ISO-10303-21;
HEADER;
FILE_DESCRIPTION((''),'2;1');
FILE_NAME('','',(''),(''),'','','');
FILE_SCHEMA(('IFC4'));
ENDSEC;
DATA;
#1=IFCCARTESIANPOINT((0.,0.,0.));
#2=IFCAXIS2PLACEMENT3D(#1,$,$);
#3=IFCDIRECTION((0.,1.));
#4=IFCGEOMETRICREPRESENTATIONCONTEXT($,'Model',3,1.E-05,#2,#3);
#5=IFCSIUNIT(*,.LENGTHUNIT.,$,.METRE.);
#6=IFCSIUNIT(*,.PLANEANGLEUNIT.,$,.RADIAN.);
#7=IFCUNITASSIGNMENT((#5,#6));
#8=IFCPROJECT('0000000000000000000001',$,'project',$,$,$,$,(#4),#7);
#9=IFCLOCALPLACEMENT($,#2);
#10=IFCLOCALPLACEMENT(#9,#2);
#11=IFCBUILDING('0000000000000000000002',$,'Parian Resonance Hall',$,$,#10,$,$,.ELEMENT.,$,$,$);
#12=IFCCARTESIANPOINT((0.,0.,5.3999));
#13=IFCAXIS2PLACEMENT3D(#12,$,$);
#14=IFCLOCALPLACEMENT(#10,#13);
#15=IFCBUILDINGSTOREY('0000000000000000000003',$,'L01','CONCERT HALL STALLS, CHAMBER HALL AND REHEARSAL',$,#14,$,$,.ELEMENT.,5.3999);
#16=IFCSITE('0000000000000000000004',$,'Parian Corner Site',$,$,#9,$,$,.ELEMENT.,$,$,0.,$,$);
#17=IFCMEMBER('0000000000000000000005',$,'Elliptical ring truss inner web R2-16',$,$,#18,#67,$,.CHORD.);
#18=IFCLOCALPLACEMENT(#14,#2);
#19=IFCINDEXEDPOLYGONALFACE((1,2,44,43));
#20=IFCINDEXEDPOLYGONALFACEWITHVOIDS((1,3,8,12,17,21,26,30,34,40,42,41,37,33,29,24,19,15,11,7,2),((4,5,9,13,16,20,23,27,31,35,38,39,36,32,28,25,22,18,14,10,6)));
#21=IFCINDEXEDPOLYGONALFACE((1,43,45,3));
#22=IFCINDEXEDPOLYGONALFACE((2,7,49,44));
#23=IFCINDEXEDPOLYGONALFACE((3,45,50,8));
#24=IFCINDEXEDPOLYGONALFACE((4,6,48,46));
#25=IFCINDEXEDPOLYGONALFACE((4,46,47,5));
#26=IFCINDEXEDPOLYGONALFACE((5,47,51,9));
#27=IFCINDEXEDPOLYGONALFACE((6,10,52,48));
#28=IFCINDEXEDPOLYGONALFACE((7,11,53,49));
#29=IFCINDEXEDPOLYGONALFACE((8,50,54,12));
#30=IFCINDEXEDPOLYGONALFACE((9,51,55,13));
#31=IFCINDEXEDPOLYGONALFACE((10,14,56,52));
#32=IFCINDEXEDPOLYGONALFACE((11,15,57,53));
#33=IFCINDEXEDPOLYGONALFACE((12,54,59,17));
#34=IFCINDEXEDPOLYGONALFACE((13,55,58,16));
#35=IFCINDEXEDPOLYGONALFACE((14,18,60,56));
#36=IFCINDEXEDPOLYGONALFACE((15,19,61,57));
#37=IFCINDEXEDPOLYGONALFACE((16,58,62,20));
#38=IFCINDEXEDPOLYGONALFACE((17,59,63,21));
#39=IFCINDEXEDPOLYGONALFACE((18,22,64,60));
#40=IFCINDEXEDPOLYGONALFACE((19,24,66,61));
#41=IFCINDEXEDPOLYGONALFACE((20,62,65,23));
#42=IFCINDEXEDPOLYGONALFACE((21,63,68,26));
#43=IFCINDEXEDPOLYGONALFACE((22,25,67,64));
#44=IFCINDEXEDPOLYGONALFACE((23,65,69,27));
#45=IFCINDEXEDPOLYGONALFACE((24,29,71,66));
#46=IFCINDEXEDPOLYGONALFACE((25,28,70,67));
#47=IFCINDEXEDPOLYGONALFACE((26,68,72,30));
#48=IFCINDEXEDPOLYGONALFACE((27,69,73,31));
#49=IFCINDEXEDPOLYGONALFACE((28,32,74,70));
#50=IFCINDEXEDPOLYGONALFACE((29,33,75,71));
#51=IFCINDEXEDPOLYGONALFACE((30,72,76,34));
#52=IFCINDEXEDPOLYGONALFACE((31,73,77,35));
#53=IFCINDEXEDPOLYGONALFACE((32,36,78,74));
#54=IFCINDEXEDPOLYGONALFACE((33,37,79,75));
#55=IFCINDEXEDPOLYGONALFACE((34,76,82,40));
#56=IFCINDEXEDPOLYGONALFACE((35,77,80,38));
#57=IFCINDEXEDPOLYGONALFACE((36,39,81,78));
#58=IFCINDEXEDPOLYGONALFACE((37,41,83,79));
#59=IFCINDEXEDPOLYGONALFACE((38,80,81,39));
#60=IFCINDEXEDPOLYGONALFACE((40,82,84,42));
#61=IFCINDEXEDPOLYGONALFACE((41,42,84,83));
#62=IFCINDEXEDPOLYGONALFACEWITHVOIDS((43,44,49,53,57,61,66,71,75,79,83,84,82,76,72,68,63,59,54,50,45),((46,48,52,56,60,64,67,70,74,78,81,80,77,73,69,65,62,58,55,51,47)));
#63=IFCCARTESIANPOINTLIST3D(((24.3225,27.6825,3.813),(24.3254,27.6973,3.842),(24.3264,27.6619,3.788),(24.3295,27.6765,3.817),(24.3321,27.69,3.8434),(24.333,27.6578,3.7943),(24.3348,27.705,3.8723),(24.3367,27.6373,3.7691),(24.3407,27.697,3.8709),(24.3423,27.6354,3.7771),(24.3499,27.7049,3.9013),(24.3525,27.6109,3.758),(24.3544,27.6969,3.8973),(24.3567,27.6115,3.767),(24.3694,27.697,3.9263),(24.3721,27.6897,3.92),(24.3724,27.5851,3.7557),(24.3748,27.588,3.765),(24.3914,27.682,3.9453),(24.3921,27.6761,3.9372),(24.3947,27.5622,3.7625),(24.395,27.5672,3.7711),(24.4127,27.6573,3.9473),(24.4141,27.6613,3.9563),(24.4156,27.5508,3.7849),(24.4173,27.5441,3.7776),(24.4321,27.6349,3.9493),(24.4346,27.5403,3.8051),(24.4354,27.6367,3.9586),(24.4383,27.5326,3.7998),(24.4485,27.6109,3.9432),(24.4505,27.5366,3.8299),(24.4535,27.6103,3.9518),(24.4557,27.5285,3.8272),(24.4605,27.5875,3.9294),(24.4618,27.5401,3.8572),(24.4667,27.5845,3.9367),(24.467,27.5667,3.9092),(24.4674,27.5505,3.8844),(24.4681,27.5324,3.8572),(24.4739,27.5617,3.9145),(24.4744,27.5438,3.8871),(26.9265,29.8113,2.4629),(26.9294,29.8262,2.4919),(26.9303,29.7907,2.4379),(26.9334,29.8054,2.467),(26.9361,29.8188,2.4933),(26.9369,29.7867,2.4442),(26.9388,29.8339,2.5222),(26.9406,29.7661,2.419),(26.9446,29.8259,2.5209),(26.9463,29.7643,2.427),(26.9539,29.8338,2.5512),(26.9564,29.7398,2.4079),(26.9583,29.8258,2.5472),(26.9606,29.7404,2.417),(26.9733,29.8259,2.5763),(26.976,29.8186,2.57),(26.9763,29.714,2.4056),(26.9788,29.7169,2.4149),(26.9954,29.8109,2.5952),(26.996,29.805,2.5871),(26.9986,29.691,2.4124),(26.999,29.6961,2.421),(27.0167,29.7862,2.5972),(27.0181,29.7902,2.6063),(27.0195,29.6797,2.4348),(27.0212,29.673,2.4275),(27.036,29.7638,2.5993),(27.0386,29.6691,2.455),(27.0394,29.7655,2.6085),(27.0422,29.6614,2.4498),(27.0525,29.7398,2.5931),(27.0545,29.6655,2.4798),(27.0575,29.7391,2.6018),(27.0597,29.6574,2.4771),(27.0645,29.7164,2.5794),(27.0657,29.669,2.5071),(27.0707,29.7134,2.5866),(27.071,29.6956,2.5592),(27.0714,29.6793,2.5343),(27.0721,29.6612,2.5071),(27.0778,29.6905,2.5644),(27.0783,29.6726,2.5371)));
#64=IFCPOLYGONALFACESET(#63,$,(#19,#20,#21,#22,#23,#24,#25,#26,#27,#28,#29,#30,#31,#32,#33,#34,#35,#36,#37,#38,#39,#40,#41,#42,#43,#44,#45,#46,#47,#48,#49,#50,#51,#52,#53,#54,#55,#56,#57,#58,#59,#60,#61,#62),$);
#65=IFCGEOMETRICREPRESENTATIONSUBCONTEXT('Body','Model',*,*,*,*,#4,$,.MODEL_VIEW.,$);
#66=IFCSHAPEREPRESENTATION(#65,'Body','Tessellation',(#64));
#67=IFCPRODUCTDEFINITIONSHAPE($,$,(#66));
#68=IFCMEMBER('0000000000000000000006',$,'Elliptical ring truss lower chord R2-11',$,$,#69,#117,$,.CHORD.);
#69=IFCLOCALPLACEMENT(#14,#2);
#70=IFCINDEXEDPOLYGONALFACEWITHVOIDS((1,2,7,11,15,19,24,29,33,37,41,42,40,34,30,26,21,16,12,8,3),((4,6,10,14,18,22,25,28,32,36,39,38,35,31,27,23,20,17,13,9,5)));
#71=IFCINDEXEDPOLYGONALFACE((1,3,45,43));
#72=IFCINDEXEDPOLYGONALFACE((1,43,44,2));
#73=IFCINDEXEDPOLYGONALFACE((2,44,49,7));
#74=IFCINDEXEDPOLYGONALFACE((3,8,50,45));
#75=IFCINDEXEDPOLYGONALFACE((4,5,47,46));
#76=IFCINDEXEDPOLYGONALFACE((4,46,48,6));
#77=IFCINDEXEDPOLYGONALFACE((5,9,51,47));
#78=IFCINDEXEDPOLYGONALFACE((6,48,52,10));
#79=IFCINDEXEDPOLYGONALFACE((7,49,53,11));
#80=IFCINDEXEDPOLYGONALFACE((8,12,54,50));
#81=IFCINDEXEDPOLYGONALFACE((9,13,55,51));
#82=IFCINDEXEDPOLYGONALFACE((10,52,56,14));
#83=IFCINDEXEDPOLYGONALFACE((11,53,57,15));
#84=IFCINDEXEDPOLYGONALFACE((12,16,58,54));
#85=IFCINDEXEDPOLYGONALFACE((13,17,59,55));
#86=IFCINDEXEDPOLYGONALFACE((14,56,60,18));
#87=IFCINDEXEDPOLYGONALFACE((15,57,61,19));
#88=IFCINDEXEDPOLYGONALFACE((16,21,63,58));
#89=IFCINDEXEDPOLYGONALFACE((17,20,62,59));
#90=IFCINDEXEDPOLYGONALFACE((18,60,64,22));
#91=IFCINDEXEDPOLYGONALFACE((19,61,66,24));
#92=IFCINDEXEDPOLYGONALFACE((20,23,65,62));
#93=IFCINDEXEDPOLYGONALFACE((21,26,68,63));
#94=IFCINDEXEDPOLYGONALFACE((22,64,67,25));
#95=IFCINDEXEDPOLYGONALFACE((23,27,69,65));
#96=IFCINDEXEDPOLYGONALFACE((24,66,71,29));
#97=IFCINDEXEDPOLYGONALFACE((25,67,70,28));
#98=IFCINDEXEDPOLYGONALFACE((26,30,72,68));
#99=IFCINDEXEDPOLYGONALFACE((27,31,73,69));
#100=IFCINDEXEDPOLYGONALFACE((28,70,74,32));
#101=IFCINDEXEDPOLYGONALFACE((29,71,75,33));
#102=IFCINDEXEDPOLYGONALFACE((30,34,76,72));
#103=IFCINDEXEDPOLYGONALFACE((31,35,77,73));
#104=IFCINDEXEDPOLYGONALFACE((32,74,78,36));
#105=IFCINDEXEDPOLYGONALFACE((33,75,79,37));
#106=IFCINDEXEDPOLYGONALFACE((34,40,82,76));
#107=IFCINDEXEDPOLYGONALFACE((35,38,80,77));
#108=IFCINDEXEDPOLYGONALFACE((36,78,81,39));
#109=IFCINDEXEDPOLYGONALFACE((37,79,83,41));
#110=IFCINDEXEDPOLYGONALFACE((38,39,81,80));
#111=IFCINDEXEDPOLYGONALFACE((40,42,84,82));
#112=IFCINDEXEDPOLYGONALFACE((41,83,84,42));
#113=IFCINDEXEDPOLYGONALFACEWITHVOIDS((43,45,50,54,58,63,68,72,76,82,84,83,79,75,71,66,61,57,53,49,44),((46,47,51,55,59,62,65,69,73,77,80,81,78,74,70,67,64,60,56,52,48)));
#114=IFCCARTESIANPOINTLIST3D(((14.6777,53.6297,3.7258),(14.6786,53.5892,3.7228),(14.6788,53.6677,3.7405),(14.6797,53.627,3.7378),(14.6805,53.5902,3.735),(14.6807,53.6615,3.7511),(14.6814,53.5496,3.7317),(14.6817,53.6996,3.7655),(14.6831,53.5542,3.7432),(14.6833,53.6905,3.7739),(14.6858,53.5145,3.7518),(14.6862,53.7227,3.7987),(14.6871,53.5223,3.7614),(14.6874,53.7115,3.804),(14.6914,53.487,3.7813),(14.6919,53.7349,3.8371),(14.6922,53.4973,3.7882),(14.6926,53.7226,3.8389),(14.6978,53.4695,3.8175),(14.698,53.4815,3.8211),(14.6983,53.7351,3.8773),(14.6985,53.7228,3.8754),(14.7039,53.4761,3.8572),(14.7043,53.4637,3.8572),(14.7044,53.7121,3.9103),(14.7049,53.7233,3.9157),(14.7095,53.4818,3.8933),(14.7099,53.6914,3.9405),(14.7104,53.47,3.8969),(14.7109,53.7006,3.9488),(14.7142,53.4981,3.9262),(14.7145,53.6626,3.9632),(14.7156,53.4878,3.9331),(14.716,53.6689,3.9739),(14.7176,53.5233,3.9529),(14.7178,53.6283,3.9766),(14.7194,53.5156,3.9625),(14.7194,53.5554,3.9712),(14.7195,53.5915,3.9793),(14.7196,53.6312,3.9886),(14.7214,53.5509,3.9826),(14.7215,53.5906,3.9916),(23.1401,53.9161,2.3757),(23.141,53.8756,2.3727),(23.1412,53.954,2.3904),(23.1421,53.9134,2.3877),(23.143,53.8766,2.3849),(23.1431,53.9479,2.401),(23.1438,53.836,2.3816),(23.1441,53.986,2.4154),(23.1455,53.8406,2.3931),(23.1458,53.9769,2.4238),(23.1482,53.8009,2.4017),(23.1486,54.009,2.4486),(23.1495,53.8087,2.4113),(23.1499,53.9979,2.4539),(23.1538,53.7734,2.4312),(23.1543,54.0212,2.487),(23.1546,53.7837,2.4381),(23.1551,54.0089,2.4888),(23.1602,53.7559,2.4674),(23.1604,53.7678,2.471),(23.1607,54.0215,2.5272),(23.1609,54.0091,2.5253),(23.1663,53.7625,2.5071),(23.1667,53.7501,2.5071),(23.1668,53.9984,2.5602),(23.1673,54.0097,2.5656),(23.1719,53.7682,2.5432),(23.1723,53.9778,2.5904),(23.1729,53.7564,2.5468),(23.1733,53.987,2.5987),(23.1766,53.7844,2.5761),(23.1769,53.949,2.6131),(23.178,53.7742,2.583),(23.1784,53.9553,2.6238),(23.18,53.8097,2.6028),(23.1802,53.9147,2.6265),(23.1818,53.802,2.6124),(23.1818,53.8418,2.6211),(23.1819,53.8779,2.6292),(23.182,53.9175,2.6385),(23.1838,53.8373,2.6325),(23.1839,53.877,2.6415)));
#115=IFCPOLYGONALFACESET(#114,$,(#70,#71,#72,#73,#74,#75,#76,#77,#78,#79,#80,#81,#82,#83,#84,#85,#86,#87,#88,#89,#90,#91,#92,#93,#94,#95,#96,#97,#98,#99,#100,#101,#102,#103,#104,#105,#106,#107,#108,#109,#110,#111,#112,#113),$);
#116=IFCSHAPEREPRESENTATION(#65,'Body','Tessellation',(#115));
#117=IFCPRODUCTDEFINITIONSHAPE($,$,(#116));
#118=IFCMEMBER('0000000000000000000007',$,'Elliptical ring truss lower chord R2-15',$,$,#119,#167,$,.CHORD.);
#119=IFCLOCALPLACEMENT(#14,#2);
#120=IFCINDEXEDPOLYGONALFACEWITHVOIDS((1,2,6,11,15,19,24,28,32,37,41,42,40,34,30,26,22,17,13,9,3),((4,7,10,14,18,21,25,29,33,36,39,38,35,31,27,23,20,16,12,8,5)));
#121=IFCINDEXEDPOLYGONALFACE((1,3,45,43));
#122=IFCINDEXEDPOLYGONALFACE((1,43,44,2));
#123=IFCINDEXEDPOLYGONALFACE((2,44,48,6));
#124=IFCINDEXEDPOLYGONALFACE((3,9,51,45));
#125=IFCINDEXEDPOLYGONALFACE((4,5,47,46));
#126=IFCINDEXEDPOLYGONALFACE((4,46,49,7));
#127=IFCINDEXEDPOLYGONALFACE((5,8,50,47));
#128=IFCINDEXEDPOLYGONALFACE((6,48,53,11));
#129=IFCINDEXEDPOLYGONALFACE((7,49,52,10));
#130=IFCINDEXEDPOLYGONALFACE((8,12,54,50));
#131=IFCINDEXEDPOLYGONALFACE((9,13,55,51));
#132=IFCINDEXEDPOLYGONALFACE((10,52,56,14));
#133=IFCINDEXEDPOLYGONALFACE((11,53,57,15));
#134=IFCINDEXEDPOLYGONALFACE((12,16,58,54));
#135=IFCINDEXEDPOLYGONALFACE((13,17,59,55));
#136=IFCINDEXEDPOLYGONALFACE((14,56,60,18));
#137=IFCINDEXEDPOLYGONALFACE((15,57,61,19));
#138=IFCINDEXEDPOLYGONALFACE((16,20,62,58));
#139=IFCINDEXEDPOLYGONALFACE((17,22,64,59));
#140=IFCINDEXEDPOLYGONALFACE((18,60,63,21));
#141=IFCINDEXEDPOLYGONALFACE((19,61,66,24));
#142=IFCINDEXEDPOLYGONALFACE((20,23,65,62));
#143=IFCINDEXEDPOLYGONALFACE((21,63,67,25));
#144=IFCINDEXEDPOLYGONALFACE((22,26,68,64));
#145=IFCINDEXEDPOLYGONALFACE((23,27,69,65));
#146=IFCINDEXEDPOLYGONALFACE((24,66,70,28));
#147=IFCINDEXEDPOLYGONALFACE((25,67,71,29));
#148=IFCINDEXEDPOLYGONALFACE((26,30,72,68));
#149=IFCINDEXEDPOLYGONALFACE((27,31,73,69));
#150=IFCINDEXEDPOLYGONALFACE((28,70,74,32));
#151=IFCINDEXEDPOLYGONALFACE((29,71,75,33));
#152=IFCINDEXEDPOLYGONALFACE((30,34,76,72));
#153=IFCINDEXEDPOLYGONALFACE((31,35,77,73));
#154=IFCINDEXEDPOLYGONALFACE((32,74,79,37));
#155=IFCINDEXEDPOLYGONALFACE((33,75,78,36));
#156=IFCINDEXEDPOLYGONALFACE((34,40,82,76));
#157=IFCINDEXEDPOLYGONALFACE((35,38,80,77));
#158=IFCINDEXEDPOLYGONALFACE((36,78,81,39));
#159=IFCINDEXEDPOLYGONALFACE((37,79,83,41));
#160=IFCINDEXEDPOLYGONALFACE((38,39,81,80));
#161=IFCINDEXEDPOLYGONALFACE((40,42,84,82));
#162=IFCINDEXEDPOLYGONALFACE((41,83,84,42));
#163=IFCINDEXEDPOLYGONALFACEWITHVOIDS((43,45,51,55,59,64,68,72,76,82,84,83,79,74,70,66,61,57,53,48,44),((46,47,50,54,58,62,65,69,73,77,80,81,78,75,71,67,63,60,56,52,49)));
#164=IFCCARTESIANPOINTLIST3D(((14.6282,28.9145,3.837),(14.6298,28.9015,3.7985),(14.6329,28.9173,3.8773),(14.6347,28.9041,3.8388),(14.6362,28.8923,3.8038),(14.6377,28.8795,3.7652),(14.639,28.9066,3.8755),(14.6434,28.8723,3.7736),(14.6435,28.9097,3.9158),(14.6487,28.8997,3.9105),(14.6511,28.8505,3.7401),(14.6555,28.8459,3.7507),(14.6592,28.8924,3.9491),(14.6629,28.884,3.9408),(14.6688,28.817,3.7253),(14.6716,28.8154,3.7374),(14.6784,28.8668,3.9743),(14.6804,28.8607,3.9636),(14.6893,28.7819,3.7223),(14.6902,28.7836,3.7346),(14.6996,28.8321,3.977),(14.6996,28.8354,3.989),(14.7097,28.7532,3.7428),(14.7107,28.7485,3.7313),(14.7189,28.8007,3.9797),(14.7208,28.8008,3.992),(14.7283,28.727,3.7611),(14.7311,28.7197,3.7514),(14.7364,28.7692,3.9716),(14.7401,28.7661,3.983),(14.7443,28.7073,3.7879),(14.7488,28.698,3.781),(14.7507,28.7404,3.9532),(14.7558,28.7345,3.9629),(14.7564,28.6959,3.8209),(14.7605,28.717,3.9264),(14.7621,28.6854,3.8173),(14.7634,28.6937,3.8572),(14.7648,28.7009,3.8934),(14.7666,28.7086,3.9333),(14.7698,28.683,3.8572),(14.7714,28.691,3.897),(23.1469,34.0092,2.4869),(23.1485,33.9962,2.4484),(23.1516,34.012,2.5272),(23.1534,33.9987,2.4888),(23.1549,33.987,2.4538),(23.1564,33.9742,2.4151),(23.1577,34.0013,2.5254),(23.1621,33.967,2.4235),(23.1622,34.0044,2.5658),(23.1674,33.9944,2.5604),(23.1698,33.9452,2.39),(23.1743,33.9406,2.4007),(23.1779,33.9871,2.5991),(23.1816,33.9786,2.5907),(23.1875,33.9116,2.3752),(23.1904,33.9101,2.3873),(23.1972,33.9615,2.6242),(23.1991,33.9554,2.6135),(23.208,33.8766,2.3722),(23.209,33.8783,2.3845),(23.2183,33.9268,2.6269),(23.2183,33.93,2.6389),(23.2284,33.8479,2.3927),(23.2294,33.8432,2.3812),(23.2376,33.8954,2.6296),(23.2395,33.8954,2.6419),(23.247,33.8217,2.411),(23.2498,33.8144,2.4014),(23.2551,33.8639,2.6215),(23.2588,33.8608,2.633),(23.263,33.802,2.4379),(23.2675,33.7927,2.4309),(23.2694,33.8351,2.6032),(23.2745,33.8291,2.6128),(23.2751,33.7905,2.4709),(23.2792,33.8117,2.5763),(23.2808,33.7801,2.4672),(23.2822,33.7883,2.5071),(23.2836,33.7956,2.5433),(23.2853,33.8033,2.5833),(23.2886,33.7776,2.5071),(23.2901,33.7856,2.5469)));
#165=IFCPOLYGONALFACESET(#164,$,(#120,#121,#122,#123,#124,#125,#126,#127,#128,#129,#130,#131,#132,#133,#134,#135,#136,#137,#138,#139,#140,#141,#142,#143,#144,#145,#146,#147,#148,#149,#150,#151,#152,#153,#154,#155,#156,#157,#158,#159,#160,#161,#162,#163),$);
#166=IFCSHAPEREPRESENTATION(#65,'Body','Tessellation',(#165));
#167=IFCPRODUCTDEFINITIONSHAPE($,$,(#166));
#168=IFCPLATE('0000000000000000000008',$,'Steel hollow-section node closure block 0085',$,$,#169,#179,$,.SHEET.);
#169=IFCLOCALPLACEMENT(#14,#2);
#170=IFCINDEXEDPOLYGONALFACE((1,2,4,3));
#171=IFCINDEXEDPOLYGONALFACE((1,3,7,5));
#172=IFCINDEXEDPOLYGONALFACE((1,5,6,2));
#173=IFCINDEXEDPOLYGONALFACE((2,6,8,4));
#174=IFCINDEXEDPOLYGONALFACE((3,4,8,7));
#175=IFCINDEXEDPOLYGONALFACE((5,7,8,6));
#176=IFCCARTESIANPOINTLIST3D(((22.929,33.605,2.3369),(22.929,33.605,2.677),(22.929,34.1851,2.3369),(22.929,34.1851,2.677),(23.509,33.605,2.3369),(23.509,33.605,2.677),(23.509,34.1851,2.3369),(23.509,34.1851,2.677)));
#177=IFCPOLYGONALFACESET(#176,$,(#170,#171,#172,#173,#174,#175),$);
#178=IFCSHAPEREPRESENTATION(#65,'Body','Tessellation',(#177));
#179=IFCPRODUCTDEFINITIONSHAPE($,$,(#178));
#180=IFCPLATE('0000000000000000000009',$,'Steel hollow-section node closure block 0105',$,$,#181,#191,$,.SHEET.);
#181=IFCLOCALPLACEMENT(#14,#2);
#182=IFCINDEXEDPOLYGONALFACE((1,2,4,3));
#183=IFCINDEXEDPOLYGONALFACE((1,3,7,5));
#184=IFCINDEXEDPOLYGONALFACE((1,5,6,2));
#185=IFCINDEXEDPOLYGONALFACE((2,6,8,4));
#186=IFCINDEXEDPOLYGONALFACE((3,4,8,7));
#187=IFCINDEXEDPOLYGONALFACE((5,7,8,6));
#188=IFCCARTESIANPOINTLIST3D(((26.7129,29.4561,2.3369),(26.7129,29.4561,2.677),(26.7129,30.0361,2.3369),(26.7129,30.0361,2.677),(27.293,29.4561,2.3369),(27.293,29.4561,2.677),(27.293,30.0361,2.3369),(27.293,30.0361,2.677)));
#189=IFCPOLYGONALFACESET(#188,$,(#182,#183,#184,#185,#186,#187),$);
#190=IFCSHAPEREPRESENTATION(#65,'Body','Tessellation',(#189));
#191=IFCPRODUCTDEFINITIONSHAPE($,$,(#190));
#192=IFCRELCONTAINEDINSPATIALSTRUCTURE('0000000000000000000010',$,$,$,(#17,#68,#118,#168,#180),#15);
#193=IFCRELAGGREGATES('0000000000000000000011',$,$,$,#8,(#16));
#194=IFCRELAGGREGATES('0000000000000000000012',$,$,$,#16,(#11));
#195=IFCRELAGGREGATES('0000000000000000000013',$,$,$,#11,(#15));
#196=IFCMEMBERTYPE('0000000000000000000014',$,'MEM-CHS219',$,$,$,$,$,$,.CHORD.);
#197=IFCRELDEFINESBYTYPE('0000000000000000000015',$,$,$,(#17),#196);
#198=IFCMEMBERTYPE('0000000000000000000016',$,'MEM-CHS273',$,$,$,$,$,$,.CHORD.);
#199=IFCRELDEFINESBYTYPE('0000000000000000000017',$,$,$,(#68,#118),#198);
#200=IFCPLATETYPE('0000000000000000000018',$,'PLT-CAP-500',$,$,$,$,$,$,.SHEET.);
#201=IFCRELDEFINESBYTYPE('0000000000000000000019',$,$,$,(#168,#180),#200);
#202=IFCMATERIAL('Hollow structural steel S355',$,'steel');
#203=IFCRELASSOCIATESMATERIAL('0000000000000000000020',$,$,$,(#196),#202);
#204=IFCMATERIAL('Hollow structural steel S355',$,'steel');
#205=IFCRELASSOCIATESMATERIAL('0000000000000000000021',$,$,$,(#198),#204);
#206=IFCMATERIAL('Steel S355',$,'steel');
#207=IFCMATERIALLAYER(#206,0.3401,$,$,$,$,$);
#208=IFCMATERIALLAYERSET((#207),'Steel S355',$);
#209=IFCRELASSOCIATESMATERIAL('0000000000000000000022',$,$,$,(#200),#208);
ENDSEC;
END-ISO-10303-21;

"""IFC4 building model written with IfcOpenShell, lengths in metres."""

from ifc_helpers import new_model, si_unit, direction, frame, origin, origin_2d, place, context, subcontext, project, spatial, rectangle, hollow_circle, extrude, material, layer, layer_set, material_profile, profile_set, type_object, element, save


model = new_model("IFC4")

# Units and contexts
model_context = context("Model", 3, precision=1e-05, world=origin(), true_north=direction((0.0, 1.0)))
body_context = subcontext(model_context, "Body", "Model", "MODEL_VIEW")
ifc_project = project(units=[si_unit("LENGTHUNIT", "METRE"), si_unit("PLANEANGLEUNIT", "RADIAN")], contexts=[model_context])

# Site, building, storey
site_placement = place(None, origin())
site = spatial("IfcSite", under=ifc_project, at=site_placement, Name="Parian Corner Site", CompositionType="ELEMENT", RefElevation=0.0)
building_placement = place(site_placement, origin())
building = spatial("IfcBuilding", under=site, at=building_placement, Name="Parian Resonance Hall", CompositionType="ELEMENT")
storey_placement = place(building_placement, frame((0.0, 0.0, 5.3999)))
storey = spatial("IfcBuildingStorey", under=building, at=storey_placement, Name="L01", Description="CONCERT HALL STALLS, CHAMBER HALL AND REHEARSAL", CompositionType="ELEMENT", Elevation=5.3999)

# Members
ifc_material_1 = material(Name="Hollow structural steel S355", Category="steel")
ifc_material_profile_1 = material_profile(ifc_material_1, hollow_circle(Radius=0.1096, WallThickness=0.01, at=origin_2d()), Name="CHS219.1x10")
ifc_profile_set_1 = profile_set([ifc_material_profile_1], Name="Hollow structural steel S355")
member_type_1 = type_object("IfcMemberType", Name="MEM-CHS219", PredefinedType="CHORD", material=ifc_profile_set_1)
member_1_placement = place(storey_placement, frame((27.0027, 29.7461, 2.5071), z_axis=(-0.718477, -0.587391, 0.372509), x_axis=(0.632945, -0.774197, 0.0)))
element("IfcMember", 1, at=member_1_placement, inside=storey, type_object=member_type_1, Name="Elliptical ring truss inner web R2-16", PredefinedType="CHORD", context=body_context, shape_type="SweptSolid", body=[
    extrude(hollow_circle(Radius=0.1096, WallThickness=0.01, at=origin_2d()), origin(), (0.0, 0.0, 1.0), 3.6243),
])
ifc_material_2 = material(Name="Hollow structural steel S355", Category="steel")
ifc_material_profile_2 = material_profile(ifc_material_2, hollow_circle(Radius=0.1365, WallThickness=0.0125, at=origin_2d()), Name="CHS273x12.5")
ifc_profile_set_2 = profile_set([ifc_material_profile_2], Name="Hollow structural steel S355")
member_type_2 = type_object("IfcMemberType", Name="MEM-CHS273", PredefinedType="CHORD", material=ifc_profile_set_2)
member_2_placement = place(storey_placement, frame((23.1621, 53.8865, 2.5071), z_axis=(-0.98696, -0.0334, 0.15746), x_axis=(0.033822, -0.999428, 0.0)))
element("IfcMember", 2, at=member_2_placement, inside=storey, type_object=member_type_2, Name="Elliptical ring truss lower chord R2-11", PredefinedType="CHORD", context=body_context, shape_type="SweptSolid", body=[
    extrude(hollow_circle(Radius=0.1365, WallThickness=0.0125, at=origin_2d()), origin(), (0.0, 0.0, 1.0), 8.5742),
])
member_3_placement = place(storey_placement, frame((23.2185, 33.8948, 2.5071), z_axis=(-0.850398, -0.508586, 0.134775), x_axis=(0.513269, -0.858228, 0.0)))
element("IfcMember", 3, at=member_3_placement, inside=storey, type_object=member_type_2, Name="Elliptical ring truss lower chord R2-15", PredefinedType="CHORD", context=body_context, shape_type="SweptSolid", body=[
    extrude(hollow_circle(Radius=0.1365, WallThickness=0.0125, at=origin_2d()), origin(), (0.0, 0.0, 1.0), 10.0173),
])

# Plates
ifc_material_3 = material(Name="Steel S355", Category="steel")
ifc_layer_1 = layer(ifc_material_3, 0.3401)
ifc_layer_set_1 = layer_set([ifc_layer_1], Name="Steel S355")
plate_type = type_object("IfcPlateType", Name="PLT-CAP-500", PredefinedType="SHEET", material=ifc_layer_set_1)
for number, where, z_axis, x_axis, name in (
    (4, (23.219, 33.895, 2.3369), (0.0, 0.0, 1.0), (1.0, 0.0, 0.0), "Steel hollow-section node closure block 0085"),
    (5, (27.0029, 29.7461, 2.3369), (0.0, 0.0, 1.0), (1.0, 0.0, 0.0), "Steel hollow-section node closure block 0105"),
):
    element("IfcPlate", number, at=place(storey_placement, frame(where, z_axis=z_axis, x_axis=x_axis)), inside=storey, type_object=plate_type, Name=name, PredefinedType="SHEET", context=body_context, shape_type="SweptSolid", body=[
        extrude(rectangle(XDim=0.5801, YDim=0.5801, at=origin_2d()), origin(), (0.0, 0.0, 1.0), 0.3401),
    ])

save(model, "model.ifc")
